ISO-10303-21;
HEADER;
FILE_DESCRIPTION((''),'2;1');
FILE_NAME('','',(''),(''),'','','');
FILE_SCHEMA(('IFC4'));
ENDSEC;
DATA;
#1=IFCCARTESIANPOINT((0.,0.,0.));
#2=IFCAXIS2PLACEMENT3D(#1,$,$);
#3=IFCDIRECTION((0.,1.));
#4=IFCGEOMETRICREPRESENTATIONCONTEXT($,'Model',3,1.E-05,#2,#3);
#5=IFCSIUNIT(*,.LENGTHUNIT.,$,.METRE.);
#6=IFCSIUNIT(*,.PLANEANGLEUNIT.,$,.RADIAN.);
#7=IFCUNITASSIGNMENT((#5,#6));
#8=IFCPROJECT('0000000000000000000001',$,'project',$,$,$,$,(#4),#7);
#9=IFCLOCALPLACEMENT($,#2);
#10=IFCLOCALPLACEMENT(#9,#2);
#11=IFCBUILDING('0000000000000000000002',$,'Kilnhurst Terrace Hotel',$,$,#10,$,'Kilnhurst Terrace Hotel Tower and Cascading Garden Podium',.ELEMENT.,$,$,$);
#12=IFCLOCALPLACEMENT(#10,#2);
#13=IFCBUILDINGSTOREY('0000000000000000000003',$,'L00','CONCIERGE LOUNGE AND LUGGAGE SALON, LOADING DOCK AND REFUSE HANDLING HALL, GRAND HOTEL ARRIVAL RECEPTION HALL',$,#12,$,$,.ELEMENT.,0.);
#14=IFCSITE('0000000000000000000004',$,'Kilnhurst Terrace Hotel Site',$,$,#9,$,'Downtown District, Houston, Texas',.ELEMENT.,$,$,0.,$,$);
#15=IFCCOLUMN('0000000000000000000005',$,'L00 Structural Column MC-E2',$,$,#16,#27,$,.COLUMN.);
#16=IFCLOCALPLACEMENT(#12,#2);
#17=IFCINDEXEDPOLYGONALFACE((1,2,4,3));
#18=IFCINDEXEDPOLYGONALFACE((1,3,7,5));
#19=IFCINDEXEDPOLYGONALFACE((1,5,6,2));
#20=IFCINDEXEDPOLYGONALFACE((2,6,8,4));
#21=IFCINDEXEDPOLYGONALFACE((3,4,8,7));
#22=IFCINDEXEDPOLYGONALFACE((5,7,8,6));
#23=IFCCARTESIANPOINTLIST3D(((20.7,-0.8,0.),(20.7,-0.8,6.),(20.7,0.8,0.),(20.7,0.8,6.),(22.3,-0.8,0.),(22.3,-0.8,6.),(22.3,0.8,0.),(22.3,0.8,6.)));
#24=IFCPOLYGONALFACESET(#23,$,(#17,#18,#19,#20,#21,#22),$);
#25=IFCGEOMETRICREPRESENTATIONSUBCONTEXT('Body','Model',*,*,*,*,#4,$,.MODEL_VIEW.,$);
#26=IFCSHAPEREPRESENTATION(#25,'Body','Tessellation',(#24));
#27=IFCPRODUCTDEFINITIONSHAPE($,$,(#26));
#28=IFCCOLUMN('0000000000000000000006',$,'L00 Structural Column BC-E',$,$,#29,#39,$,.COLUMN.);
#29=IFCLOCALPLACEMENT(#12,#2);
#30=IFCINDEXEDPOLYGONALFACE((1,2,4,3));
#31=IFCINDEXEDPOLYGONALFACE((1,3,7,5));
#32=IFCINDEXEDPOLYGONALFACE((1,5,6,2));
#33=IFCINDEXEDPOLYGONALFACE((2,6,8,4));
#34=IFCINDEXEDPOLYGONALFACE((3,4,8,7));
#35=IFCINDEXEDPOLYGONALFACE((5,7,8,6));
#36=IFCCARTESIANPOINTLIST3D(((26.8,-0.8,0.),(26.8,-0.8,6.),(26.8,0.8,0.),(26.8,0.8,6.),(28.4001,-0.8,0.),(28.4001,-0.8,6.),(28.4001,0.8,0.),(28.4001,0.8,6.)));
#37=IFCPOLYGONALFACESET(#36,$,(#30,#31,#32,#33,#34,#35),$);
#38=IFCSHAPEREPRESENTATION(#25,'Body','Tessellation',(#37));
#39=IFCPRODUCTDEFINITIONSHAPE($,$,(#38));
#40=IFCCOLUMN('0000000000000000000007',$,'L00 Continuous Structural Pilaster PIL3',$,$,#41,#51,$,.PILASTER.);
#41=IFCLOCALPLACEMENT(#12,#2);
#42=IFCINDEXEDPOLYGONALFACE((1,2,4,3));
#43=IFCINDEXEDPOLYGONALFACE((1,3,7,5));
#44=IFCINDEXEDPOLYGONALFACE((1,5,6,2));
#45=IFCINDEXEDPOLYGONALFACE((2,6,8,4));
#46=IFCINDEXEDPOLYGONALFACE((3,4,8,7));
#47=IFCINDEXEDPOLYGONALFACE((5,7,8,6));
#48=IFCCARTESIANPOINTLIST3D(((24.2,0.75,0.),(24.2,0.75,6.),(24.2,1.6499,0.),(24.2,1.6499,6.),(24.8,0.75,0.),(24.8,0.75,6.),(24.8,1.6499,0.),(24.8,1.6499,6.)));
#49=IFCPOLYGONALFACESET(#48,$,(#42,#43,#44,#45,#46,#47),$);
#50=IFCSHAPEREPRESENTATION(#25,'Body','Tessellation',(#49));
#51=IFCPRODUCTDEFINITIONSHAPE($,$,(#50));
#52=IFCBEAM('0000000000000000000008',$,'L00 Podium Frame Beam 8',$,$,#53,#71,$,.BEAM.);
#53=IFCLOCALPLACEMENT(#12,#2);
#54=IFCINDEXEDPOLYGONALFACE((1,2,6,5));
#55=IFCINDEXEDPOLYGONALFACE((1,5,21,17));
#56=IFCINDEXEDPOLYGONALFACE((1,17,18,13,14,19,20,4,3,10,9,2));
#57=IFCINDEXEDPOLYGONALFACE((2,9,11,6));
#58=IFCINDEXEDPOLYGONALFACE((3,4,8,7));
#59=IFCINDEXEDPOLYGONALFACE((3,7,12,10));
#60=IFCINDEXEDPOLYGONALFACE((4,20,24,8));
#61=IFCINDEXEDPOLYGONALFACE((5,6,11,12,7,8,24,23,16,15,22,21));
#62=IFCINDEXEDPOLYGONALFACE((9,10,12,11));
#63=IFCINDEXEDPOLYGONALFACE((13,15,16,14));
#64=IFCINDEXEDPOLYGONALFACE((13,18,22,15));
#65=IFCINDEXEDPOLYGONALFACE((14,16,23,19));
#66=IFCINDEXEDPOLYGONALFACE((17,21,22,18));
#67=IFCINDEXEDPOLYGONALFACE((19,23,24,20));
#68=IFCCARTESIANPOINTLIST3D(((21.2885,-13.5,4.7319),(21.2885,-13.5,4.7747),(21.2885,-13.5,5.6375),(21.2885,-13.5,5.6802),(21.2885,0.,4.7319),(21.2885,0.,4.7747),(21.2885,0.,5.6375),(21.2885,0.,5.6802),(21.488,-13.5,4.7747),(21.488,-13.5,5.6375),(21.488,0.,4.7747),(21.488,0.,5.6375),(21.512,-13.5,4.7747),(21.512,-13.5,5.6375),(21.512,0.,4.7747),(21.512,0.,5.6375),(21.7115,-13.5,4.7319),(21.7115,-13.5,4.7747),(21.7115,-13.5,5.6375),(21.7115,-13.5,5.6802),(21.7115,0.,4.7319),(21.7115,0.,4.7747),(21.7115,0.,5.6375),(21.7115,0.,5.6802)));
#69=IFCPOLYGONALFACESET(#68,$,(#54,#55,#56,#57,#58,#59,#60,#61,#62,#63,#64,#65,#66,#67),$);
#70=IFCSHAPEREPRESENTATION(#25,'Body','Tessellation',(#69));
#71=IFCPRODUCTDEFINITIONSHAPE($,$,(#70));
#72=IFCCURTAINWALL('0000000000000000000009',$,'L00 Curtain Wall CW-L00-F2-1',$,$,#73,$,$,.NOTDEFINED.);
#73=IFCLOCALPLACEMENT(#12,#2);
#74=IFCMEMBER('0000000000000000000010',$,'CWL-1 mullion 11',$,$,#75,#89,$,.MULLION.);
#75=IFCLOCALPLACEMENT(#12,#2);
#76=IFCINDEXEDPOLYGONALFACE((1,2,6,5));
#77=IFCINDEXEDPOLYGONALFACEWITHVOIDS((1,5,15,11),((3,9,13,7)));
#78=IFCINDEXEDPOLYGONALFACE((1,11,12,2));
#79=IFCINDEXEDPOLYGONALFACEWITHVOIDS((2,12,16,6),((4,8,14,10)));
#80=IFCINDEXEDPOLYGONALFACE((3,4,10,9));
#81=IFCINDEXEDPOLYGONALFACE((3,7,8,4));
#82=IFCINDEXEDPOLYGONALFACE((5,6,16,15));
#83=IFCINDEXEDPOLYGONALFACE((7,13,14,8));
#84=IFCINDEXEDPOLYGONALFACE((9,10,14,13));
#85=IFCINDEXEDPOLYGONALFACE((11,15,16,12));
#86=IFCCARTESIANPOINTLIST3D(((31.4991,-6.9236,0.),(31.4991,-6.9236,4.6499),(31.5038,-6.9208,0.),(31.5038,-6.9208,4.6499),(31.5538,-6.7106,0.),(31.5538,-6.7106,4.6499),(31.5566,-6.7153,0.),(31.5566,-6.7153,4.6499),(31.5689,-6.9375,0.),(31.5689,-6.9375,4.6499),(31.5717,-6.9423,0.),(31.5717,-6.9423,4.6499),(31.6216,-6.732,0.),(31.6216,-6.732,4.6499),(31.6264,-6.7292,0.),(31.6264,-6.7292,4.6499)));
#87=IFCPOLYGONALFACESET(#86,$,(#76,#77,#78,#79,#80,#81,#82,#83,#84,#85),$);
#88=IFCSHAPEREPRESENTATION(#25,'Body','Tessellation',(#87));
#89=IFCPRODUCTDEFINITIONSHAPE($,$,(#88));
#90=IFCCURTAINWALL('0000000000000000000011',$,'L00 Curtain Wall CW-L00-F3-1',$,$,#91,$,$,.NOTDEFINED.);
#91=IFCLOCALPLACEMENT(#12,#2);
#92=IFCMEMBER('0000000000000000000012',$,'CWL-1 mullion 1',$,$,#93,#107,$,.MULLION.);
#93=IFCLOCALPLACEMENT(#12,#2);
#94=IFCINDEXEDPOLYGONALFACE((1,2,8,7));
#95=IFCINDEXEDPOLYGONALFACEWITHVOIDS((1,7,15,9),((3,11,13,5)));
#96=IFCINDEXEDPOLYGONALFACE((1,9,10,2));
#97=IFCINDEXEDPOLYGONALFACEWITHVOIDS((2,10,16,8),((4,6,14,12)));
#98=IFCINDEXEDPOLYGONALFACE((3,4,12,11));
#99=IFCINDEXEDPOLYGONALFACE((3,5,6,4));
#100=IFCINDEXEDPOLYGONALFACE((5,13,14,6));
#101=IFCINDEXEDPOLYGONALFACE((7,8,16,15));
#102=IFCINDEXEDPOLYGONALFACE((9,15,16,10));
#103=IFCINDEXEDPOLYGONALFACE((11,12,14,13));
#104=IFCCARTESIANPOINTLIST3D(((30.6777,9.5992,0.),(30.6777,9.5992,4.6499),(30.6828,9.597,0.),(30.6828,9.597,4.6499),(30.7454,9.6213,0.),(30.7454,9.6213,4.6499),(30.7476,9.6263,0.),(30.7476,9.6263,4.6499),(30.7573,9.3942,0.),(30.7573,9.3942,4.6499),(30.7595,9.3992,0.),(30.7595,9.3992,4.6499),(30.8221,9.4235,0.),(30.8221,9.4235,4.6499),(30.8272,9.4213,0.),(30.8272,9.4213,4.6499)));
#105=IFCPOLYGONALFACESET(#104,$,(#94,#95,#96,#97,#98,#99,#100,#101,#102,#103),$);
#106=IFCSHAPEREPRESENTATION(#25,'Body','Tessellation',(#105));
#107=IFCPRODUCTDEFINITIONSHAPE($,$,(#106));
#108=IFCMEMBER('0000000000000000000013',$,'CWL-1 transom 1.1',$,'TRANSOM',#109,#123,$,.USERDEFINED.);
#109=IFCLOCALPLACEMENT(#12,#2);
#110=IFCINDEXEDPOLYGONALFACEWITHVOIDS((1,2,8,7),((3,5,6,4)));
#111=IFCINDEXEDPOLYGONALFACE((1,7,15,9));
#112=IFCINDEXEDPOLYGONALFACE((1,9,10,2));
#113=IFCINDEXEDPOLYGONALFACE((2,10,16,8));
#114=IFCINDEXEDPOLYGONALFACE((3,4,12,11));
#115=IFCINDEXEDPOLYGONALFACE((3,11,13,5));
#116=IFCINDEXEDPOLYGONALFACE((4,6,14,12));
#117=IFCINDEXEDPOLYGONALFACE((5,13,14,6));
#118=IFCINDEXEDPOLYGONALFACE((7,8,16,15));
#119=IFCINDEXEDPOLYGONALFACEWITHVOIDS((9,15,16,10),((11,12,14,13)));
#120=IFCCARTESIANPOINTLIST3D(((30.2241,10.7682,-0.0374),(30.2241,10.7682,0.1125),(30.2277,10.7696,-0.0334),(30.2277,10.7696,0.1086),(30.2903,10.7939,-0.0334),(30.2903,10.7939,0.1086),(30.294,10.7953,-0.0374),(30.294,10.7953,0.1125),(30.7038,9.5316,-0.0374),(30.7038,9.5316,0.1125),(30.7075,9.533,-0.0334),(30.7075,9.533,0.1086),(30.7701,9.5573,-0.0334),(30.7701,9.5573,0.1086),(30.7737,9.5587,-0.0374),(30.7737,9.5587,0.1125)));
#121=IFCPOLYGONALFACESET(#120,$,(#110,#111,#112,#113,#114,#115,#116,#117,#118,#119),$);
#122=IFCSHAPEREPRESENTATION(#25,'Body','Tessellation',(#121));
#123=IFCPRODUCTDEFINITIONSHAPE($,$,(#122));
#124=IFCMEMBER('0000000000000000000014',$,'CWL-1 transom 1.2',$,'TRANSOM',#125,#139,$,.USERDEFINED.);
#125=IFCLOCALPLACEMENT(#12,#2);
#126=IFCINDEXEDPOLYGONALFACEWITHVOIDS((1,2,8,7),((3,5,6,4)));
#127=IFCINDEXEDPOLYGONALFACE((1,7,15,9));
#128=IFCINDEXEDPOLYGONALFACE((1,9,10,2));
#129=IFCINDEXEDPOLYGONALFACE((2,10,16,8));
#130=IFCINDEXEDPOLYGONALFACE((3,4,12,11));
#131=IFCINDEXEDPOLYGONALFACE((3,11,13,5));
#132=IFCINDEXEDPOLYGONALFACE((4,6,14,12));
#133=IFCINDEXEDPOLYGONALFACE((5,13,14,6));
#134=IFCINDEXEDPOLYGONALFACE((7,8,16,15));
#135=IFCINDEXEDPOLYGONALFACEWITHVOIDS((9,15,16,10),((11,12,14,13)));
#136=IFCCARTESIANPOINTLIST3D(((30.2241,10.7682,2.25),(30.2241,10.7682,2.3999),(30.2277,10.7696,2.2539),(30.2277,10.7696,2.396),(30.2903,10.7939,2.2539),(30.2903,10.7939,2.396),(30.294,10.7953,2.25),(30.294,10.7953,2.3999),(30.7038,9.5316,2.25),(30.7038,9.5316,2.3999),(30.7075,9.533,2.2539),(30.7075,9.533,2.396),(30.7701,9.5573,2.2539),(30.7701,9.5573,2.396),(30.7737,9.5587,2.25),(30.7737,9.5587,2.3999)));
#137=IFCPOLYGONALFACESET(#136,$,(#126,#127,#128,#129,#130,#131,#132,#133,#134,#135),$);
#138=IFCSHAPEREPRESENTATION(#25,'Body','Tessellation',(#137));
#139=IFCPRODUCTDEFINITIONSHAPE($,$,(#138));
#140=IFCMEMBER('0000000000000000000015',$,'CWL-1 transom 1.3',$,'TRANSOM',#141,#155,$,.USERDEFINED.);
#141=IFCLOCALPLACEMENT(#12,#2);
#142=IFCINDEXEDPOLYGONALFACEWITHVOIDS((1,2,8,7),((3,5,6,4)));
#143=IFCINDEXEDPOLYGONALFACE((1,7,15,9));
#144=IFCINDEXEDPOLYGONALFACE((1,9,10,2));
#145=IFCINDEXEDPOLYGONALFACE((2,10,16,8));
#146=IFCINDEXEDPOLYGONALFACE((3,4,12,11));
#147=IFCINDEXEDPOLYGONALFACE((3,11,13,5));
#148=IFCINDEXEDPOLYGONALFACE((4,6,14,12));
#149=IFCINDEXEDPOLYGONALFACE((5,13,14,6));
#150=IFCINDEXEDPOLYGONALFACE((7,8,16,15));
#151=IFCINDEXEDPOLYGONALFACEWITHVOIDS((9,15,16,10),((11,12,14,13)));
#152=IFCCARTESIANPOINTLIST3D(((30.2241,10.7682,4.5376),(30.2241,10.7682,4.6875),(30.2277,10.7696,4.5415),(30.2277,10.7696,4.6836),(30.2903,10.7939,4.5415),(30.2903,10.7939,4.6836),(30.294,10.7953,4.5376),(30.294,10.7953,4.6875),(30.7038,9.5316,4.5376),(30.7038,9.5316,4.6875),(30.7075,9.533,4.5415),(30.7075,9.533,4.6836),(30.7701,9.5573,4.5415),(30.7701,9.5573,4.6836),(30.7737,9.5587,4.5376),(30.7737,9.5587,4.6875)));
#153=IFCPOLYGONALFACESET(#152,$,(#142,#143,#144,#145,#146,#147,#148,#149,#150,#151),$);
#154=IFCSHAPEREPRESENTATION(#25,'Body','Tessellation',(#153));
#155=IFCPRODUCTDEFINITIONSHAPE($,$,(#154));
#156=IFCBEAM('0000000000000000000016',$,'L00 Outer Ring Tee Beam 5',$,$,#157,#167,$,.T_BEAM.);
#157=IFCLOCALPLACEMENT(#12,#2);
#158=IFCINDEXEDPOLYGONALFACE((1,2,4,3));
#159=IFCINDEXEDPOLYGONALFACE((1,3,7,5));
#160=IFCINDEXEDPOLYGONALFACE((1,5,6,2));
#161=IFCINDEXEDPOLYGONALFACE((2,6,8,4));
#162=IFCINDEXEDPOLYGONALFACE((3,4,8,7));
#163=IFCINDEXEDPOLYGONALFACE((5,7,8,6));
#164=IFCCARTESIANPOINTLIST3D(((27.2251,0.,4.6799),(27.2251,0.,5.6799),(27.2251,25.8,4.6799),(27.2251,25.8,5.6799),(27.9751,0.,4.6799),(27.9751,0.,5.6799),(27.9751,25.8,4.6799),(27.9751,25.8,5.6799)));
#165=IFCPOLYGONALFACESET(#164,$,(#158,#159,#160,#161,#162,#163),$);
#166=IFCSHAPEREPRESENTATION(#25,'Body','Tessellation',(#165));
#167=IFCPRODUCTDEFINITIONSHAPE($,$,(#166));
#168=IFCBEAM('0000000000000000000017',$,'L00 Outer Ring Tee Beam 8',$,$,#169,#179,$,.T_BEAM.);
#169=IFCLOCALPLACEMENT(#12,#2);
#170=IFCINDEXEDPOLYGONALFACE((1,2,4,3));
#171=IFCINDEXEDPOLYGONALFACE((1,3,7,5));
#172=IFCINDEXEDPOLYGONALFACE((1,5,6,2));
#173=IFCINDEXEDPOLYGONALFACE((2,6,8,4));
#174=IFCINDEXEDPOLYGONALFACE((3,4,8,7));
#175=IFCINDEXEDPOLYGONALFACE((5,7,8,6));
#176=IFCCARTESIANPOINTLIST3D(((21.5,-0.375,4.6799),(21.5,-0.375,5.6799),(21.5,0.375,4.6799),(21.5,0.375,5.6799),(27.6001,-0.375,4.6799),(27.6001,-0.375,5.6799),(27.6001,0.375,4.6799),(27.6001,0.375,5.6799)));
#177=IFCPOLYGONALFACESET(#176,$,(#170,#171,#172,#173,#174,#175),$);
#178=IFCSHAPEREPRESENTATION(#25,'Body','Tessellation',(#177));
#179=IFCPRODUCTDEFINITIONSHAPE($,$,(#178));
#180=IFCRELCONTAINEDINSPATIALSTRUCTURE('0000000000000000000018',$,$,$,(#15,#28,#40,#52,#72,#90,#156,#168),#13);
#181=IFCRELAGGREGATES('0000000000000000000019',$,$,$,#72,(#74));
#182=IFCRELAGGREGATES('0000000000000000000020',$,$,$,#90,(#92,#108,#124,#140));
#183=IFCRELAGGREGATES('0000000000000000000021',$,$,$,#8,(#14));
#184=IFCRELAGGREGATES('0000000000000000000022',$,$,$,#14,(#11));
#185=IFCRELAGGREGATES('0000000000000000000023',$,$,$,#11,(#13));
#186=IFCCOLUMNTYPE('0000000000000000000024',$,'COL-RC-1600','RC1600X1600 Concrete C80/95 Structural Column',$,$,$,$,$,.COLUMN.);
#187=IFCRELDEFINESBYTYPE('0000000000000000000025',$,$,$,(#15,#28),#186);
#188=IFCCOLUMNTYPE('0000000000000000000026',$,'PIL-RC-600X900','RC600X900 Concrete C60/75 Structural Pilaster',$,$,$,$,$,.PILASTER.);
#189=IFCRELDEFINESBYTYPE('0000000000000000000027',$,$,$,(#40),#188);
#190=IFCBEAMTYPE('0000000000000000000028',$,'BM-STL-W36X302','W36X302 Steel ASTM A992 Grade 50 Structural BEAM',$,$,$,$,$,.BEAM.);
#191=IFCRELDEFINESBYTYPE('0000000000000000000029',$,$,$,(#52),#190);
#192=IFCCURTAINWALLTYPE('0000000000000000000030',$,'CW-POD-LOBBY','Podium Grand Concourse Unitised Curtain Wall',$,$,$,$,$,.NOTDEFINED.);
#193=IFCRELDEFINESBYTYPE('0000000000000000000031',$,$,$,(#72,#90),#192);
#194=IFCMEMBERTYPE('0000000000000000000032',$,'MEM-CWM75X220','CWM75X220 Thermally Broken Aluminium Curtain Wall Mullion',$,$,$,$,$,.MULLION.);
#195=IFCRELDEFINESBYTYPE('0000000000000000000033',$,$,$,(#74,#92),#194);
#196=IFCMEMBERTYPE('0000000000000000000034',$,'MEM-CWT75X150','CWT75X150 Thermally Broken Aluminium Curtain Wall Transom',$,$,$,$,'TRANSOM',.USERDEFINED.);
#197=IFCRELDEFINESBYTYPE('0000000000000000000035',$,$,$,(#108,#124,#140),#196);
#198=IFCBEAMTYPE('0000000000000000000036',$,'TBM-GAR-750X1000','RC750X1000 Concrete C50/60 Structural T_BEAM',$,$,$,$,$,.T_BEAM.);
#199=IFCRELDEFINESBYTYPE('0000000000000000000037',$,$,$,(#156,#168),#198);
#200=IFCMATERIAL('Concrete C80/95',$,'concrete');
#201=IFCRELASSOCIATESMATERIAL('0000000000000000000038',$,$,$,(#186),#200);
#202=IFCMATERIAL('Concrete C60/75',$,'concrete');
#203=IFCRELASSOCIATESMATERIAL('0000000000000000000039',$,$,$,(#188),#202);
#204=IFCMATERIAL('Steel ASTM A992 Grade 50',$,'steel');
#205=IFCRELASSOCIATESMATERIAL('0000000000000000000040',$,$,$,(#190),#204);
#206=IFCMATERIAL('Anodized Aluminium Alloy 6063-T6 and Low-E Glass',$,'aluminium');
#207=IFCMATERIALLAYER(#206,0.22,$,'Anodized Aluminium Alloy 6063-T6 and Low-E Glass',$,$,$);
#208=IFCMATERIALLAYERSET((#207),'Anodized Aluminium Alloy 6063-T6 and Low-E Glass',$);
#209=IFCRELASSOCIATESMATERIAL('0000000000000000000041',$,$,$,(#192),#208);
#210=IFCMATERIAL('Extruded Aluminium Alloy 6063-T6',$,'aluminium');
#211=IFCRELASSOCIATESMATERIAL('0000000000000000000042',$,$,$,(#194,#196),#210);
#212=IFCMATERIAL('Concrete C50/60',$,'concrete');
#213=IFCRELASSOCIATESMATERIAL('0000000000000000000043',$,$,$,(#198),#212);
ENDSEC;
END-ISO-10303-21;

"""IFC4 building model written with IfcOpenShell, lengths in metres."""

from ifc_helpers import new_model, si_unit, direction, frame, origin, origin_2d, place, context, subcontext, project, spatial, rectangle, hollow_rectangle, i_section, extrude, material, layer, layer_set, material_profile, profile_set, type_object, element, aggregate, save


model = new_model("IFC4")

# Units and contexts
model_context = context("Model", 3, precision=1e-05, world=origin(), true_north=direction((0.0, 1.0)))
body_context = subcontext(model_context, "Body", "Model", "MODEL_VIEW")
ifc_project = project(units=[si_unit("LENGTHUNIT", "METRE"), si_unit("PLANEANGLEUNIT", "RADIAN")], contexts=[model_context])

# Site, building, storey
site_placement = place(None, origin())
site = spatial("IfcSite", under=ifc_project, at=site_placement, Name="Kilnhurst Terrace Hotel Site", LongName="Downtown District, Houston, Texas", CompositionType="ELEMENT", RefElevation=0.0)
building_placement = place(site_placement, origin())
building = spatial("IfcBuilding", under=site, at=building_placement, Name="Kilnhurst Terrace Hotel", LongName="Kilnhurst Terrace Hotel Tower and Cascading Garden Podium", CompositionType="ELEMENT")
storey_placement = place(building_placement, origin())
storey = spatial("IfcBuildingStorey", under=building, at=storey_placement, Name="L00", Description="CONCIERGE LOUNGE AND LUGGAGE SALON, LOADING DOCK AND REFUSE HANDLING HALL, GRAND HOTEL ARRIVAL RECEPTION HALL", CompositionType="ELEMENT", Elevation=0.0)

# Columns
ifc_material_1 = material(Name="Concrete C80/95", Category="concrete")
ifc_material_profile_1 = material_profile(ifc_material_1, rectangle(XDim=1.6001, YDim=1.6001, at=origin_2d()), Name="RC1600X1600")
ifc_profile_set_1 = profile_set([ifc_material_profile_1], Name="Concrete C80/95")
column_type_1 = type_object("IfcColumnType", Name="COL-RC-1600", Description="RC1600X1600 Concrete C80/95 Structural Column", PredefinedType="COLUMN", material=ifc_profile_set_1)
for number, where, z_axis, x_axis, name in (
    (1, (21.5, 0.0, 0.0), (0.0, 0.0, 1.0), (1.0, 0.0, 0.0), "L00 Structural Column MC-E2"),
    (2, (27.6001, 0.0, 0.0), (0.0, 0.0, 1.0), (1.0, 0.0, 0.0), "L00 Structural Column BC-E"),
):
    element("IfcColumn", number, at=place(storey_placement, frame(where, z_axis=z_axis, x_axis=x_axis)), inside=storey, type_object=column_type_1, Name=name, PredefinedType="COLUMN", context=body_context, shape_type="SweptSolid", body=[
        extrude(rectangle(XDim=1.6001, YDim=1.6001, at=origin_2d()), origin(), (0.0, 0.0, 1.0), 6.0),
    ])
ifc_material_2 = material(Name="Concrete C60/75", Category="concrete")
ifc_material_profile_2 = material_profile(ifc_material_2, rectangle(XDim=0.6001, YDim=0.8999, at=origin_2d()), Name="RC600X900")
ifc_profile_set_2 = profile_set([ifc_material_profile_2], Name="Concrete C60/75")
column_type_2 = type_object("IfcColumnType", Name="PIL-RC-600X900", Description="RC600X900 Concrete C60/75 Structural Pilaster", PredefinedType="PILASTER", material=ifc_profile_set_2)
column_placement = place(storey_placement, frame((24.5, 1.2, 0.0), z_axis=(0.0, 0.0, 1.0), x_axis=(1.0, 0.0, 0.0)))
element("IfcColumn", 3, at=column_placement, inside=storey, type_object=column_type_2, Name="L00 Continuous Structural Pilaster PIL3", PredefinedType="PILASTER", context=body_context, shape_type="SweptSolid", body=[
    extrude(rectangle(XDim=0.6001, YDim=0.8999, at=origin_2d()), origin(), (0.0, 0.0, 1.0), 6.0),
])

# Beam
ifc_material_3 = material(Name="Steel ASTM A992 Grade 50", Category="steel")
ifc_material_profile_3 = material_profile(ifc_material_3, i_section(OverallWidth=0.4231, OverallDepth=0.9482, WebThickness=0.0239, FlangeThickness=0.0427, at=origin_2d()), Name="W36X302")
ifc_profile_set_3 = profile_set([ifc_material_profile_3], Name="Steel ASTM A992 Grade 50")
beam_type_1 = type_object("IfcBeamType", Name="BM-STL-W36X302", Description="W36X302 Steel ASTM A992 Grade 50 Structural BEAM", PredefinedType="BEAM", material=ifc_profile_set_3)
beam_1_placement = place(storey_placement, frame((21.5, 0.0, 5.2061), z_axis=(0.0, -1.0, 0.0), x_axis=(1.0, 0.0, 0.0)))
element("IfcBeam", 4, at=beam_1_placement, inside=storey, type_object=beam_type_1, Name="L00 Podium Frame Beam 8", PredefinedType="BEAM", context=body_context, shape_type="SweptSolid", body=[
    extrude(i_section(OverallWidth=0.4231, OverallDepth=0.9482, WebThickness=0.0239, FlangeThickness=0.0427, at=origin_2d()), origin(), (0.0, 0.0, 1.0), 13.5),
])

# Curtain wall, member
ifc_material_4 = material(Name="Anodized Aluminium Alloy 6063-T6 and Low-E Glass", Category="aluminium")
ifc_layer_1 = layer(ifc_material_4, 0.22, Name="Anodized Aluminium Alloy 6063-T6 and Low-E Glass")
ifc_layer_set_1 = layer_set([ifc_layer_1], Name="Anodized Aluminium Alloy 6063-T6 and Low-E Glass")
curtain_wall_type = type_object("IfcCurtainWallType", Name="CW-POD-LOBBY", Description="Podium Grand Concourse Unitised Curtain Wall", PredefinedType="NOTDEFINED", material=ifc_layer_set_1)
curtain_wall_1_placement = place(storey_placement, origin())
curtain_wall_1 = element("IfcCurtainWall", 5, at=curtain_wall_1_placement, inside=storey, type_object=curtain_wall_type, Name="L00 Curtain Wall CW-L00-F2-1", PredefinedType="NOTDEFINED")
ifc_material_5 = material(Name="Extruded Aluminium Alloy 6063-T6", Category="aluminium")
ifc_material_profile_4 = material_profile(ifc_material_5, hollow_rectangle(XDim=0.075, YDim=0.22, WallThickness=0.0039, at=origin_2d()), Name="CWM75X220")
ifc_profile_set_4 = profile_set([ifc_material_profile_4], Name="Extruded Aluminium Alloy 6063-T6")
member_type_1 = type_object("IfcMemberType", Name="MEM-CWM75X220", Description="CWM75X220 Thermally Broken Aluminium Curtain Wall Mullion", PredefinedType="MULLION", material=ifc_profile_set_4)
member_1_placement = place(storey_placement, frame((31.5627, -6.8264, 0.0), z_axis=(0.0, 0.0, 1.0), x_axis=(-0.96857, 0.24874, 0.0)))
member_1 = element("IfcMember", 6, at=member_1_placement, type_object=member_type_1, Name="CWL-1 mullion 11", PredefinedType="MULLION", context=body_context, shape_type="SweptSolid", body=[
    extrude(hollow_rectangle(XDim=0.075, YDim=0.22, WallThickness=0.0039, at=origin_2d()), origin(), (0.0, 0.0, 1.0), 4.6499),
])
aggregate(curtain_wall_1, [member_1])

# Curtain wall, members
curtain_wall_2_placement = place(storey_placement, origin())
curtain_wall_2 = element("IfcCurtainWall", 7, at=curtain_wall_2_placement, inside=storey, type_object=curtain_wall_type, Name="L00 Curtain Wall CW-L00-F3-1", PredefinedType="NOTDEFINED")
member_2_placement = place(storey_placement, frame((30.7524, 9.5103, 0.0), z_axis=(0.0, 0.0, 1.0), x_axis=(-0.932318, -0.361639, 0.0)))
member_2 = element("IfcMember", 8, at=member_2_placement, type_object=member_type_1, Name="CWL-1 mullion 1", PredefinedType="MULLION", context=body_context, shape_type="SweptSolid", body=[
    extrude(hollow_rectangle(XDim=0.075, YDim=0.22, WallThickness=0.0039, at=origin_2d()), origin(), (0.0, 0.0, 1.0), 4.6499),
])
ifc_material_profile_5 = material_profile(ifc_material_5, hollow_rectangle(XDim=0.075, YDim=0.1499, WallThickness=0.0039, at=origin_2d()), Name="CWT75X150")
ifc_profile_set_5 = profile_set([ifc_material_profile_5], Name="Extruded Aluminium Alloy 6063-T6")
member_type_2 = type_object("IfcMemberType", Name="MEM-CWT75X150", Description="CWT75X150 Thermally Broken Aluminium Curtain Wall Transom", ElementType="TRANSOM", PredefinedType="USERDEFINED", material=ifc_profile_set_5)
member_3_placement = place(storey_placement, frame((30.7388, 9.5452, 0.0376), z_axis=(-0.361691, 0.932298, 0.0), x_axis=(-0.932298, -0.361691, 0.0)))
member_3 = element("IfcMember", 9, at=member_3_placement, type_object=member_type_2, Name="CWL-1 transom 1.1", ObjectType="TRANSOM", PredefinedType="USERDEFINED", context=body_context, shape_type="SweptSolid", body=[
    extrude(hollow_rectangle(XDim=0.075, YDim=0.1499, WallThickness=0.0039, at=origin_2d()), origin(), (0.0, 0.0, 1.0), 1.3264),
])
member_4_placement = place(storey_placement, frame((30.7388, 9.5452, 2.325), z_axis=(-0.361691, 0.932298, 0.0), x_axis=(-0.932298, -0.361691, 0.0)))
member_4 = element("IfcMember", 10, at=member_4_placement, type_object=member_type_2, Name="CWL-1 transom 1.2", ObjectType="TRANSOM", PredefinedType="USERDEFINED", context=body_context, shape_type="SweptSolid", body=[
    extrude(hollow_rectangle(XDim=0.075, YDim=0.1499, WallThickness=0.0039, at=origin_2d()), origin(), (0.0, 0.0, 1.0), 1.3264),
])
member_5_placement = place(storey_placement, frame((30.7388, 9.5452, 4.6125), z_axis=(-0.361691, 0.932298, 0.0), x_axis=(-0.932298, -0.361691, 0.0)))
member_5 = element("IfcMember", 11, at=member_5_placement, type_object=member_type_2, Name="CWL-1 transom 1.3", ObjectType="TRANSOM", PredefinedType="USERDEFINED", context=body_context, shape_type="SweptSolid", body=[
    extrude(hollow_rectangle(XDim=0.075, YDim=0.1499, WallThickness=0.0039, at=origin_2d()), origin(), (0.0, 0.0, 1.0), 1.3264),
])
aggregate(curtain_wall_2, [member_2, member_3, member_4, member_5])

# Beams
ifc_material_6 = material(Name="Concrete C50/60", Category="concrete")
ifc_material_profile_6 = material_profile(ifc_material_6, rectangle(XDim=0.75, YDim=1.0, at=origin_2d()), Name="RC750X1000")
ifc_profile_set_6 = profile_set([ifc_material_profile_6], Name="Concrete C50/60")
beam_type_2 = type_object("IfcBeamType", Name="TBM-GAR-750X1000", Description="RC750X1000 Concrete C50/60 Structural T_BEAM", PredefinedType="T_BEAM", material=ifc_profile_set_6)
beam_2_placement = place(storey_placement, frame((27.6001, 0.0, 5.1799), z_axis=(0.0, 1.0, 0.0), x_axis=(-1.0, 0.0, 0.0)))
element("IfcBeam", 12, at=beam_2_placement, inside=storey, type_object=beam_type_2, Name="L00 Outer Ring Tee Beam 5", PredefinedType="T_BEAM", context=body_context, shape_type="SweptSolid", body=[
    extrude(rectangle(XDim=0.75, YDim=1.0, at=origin_2d()), origin(), (0.0, 0.0, 1.0), 25.8),
])
beam_3_placement = place(storey_placement, frame((27.6001, 0.0, 5.1799), z_axis=(-1.0, 0.0, 0.0), x_axis=(0.0, -1.0, 0.0)))
element("IfcBeam", 13, at=beam_3_placement, inside=storey, type_object=beam_type_2, Name="L00 Outer Ring Tee Beam 8", PredefinedType="T_BEAM", context=body_context, shape_type="SweptSolid", body=[
    extrude(rectangle(XDim=0.75, YDim=1.0, at=origin_2d()), origin(), (0.0, 0.0, 1.0), 6.1001),
])

save(model, "model.ifc")
